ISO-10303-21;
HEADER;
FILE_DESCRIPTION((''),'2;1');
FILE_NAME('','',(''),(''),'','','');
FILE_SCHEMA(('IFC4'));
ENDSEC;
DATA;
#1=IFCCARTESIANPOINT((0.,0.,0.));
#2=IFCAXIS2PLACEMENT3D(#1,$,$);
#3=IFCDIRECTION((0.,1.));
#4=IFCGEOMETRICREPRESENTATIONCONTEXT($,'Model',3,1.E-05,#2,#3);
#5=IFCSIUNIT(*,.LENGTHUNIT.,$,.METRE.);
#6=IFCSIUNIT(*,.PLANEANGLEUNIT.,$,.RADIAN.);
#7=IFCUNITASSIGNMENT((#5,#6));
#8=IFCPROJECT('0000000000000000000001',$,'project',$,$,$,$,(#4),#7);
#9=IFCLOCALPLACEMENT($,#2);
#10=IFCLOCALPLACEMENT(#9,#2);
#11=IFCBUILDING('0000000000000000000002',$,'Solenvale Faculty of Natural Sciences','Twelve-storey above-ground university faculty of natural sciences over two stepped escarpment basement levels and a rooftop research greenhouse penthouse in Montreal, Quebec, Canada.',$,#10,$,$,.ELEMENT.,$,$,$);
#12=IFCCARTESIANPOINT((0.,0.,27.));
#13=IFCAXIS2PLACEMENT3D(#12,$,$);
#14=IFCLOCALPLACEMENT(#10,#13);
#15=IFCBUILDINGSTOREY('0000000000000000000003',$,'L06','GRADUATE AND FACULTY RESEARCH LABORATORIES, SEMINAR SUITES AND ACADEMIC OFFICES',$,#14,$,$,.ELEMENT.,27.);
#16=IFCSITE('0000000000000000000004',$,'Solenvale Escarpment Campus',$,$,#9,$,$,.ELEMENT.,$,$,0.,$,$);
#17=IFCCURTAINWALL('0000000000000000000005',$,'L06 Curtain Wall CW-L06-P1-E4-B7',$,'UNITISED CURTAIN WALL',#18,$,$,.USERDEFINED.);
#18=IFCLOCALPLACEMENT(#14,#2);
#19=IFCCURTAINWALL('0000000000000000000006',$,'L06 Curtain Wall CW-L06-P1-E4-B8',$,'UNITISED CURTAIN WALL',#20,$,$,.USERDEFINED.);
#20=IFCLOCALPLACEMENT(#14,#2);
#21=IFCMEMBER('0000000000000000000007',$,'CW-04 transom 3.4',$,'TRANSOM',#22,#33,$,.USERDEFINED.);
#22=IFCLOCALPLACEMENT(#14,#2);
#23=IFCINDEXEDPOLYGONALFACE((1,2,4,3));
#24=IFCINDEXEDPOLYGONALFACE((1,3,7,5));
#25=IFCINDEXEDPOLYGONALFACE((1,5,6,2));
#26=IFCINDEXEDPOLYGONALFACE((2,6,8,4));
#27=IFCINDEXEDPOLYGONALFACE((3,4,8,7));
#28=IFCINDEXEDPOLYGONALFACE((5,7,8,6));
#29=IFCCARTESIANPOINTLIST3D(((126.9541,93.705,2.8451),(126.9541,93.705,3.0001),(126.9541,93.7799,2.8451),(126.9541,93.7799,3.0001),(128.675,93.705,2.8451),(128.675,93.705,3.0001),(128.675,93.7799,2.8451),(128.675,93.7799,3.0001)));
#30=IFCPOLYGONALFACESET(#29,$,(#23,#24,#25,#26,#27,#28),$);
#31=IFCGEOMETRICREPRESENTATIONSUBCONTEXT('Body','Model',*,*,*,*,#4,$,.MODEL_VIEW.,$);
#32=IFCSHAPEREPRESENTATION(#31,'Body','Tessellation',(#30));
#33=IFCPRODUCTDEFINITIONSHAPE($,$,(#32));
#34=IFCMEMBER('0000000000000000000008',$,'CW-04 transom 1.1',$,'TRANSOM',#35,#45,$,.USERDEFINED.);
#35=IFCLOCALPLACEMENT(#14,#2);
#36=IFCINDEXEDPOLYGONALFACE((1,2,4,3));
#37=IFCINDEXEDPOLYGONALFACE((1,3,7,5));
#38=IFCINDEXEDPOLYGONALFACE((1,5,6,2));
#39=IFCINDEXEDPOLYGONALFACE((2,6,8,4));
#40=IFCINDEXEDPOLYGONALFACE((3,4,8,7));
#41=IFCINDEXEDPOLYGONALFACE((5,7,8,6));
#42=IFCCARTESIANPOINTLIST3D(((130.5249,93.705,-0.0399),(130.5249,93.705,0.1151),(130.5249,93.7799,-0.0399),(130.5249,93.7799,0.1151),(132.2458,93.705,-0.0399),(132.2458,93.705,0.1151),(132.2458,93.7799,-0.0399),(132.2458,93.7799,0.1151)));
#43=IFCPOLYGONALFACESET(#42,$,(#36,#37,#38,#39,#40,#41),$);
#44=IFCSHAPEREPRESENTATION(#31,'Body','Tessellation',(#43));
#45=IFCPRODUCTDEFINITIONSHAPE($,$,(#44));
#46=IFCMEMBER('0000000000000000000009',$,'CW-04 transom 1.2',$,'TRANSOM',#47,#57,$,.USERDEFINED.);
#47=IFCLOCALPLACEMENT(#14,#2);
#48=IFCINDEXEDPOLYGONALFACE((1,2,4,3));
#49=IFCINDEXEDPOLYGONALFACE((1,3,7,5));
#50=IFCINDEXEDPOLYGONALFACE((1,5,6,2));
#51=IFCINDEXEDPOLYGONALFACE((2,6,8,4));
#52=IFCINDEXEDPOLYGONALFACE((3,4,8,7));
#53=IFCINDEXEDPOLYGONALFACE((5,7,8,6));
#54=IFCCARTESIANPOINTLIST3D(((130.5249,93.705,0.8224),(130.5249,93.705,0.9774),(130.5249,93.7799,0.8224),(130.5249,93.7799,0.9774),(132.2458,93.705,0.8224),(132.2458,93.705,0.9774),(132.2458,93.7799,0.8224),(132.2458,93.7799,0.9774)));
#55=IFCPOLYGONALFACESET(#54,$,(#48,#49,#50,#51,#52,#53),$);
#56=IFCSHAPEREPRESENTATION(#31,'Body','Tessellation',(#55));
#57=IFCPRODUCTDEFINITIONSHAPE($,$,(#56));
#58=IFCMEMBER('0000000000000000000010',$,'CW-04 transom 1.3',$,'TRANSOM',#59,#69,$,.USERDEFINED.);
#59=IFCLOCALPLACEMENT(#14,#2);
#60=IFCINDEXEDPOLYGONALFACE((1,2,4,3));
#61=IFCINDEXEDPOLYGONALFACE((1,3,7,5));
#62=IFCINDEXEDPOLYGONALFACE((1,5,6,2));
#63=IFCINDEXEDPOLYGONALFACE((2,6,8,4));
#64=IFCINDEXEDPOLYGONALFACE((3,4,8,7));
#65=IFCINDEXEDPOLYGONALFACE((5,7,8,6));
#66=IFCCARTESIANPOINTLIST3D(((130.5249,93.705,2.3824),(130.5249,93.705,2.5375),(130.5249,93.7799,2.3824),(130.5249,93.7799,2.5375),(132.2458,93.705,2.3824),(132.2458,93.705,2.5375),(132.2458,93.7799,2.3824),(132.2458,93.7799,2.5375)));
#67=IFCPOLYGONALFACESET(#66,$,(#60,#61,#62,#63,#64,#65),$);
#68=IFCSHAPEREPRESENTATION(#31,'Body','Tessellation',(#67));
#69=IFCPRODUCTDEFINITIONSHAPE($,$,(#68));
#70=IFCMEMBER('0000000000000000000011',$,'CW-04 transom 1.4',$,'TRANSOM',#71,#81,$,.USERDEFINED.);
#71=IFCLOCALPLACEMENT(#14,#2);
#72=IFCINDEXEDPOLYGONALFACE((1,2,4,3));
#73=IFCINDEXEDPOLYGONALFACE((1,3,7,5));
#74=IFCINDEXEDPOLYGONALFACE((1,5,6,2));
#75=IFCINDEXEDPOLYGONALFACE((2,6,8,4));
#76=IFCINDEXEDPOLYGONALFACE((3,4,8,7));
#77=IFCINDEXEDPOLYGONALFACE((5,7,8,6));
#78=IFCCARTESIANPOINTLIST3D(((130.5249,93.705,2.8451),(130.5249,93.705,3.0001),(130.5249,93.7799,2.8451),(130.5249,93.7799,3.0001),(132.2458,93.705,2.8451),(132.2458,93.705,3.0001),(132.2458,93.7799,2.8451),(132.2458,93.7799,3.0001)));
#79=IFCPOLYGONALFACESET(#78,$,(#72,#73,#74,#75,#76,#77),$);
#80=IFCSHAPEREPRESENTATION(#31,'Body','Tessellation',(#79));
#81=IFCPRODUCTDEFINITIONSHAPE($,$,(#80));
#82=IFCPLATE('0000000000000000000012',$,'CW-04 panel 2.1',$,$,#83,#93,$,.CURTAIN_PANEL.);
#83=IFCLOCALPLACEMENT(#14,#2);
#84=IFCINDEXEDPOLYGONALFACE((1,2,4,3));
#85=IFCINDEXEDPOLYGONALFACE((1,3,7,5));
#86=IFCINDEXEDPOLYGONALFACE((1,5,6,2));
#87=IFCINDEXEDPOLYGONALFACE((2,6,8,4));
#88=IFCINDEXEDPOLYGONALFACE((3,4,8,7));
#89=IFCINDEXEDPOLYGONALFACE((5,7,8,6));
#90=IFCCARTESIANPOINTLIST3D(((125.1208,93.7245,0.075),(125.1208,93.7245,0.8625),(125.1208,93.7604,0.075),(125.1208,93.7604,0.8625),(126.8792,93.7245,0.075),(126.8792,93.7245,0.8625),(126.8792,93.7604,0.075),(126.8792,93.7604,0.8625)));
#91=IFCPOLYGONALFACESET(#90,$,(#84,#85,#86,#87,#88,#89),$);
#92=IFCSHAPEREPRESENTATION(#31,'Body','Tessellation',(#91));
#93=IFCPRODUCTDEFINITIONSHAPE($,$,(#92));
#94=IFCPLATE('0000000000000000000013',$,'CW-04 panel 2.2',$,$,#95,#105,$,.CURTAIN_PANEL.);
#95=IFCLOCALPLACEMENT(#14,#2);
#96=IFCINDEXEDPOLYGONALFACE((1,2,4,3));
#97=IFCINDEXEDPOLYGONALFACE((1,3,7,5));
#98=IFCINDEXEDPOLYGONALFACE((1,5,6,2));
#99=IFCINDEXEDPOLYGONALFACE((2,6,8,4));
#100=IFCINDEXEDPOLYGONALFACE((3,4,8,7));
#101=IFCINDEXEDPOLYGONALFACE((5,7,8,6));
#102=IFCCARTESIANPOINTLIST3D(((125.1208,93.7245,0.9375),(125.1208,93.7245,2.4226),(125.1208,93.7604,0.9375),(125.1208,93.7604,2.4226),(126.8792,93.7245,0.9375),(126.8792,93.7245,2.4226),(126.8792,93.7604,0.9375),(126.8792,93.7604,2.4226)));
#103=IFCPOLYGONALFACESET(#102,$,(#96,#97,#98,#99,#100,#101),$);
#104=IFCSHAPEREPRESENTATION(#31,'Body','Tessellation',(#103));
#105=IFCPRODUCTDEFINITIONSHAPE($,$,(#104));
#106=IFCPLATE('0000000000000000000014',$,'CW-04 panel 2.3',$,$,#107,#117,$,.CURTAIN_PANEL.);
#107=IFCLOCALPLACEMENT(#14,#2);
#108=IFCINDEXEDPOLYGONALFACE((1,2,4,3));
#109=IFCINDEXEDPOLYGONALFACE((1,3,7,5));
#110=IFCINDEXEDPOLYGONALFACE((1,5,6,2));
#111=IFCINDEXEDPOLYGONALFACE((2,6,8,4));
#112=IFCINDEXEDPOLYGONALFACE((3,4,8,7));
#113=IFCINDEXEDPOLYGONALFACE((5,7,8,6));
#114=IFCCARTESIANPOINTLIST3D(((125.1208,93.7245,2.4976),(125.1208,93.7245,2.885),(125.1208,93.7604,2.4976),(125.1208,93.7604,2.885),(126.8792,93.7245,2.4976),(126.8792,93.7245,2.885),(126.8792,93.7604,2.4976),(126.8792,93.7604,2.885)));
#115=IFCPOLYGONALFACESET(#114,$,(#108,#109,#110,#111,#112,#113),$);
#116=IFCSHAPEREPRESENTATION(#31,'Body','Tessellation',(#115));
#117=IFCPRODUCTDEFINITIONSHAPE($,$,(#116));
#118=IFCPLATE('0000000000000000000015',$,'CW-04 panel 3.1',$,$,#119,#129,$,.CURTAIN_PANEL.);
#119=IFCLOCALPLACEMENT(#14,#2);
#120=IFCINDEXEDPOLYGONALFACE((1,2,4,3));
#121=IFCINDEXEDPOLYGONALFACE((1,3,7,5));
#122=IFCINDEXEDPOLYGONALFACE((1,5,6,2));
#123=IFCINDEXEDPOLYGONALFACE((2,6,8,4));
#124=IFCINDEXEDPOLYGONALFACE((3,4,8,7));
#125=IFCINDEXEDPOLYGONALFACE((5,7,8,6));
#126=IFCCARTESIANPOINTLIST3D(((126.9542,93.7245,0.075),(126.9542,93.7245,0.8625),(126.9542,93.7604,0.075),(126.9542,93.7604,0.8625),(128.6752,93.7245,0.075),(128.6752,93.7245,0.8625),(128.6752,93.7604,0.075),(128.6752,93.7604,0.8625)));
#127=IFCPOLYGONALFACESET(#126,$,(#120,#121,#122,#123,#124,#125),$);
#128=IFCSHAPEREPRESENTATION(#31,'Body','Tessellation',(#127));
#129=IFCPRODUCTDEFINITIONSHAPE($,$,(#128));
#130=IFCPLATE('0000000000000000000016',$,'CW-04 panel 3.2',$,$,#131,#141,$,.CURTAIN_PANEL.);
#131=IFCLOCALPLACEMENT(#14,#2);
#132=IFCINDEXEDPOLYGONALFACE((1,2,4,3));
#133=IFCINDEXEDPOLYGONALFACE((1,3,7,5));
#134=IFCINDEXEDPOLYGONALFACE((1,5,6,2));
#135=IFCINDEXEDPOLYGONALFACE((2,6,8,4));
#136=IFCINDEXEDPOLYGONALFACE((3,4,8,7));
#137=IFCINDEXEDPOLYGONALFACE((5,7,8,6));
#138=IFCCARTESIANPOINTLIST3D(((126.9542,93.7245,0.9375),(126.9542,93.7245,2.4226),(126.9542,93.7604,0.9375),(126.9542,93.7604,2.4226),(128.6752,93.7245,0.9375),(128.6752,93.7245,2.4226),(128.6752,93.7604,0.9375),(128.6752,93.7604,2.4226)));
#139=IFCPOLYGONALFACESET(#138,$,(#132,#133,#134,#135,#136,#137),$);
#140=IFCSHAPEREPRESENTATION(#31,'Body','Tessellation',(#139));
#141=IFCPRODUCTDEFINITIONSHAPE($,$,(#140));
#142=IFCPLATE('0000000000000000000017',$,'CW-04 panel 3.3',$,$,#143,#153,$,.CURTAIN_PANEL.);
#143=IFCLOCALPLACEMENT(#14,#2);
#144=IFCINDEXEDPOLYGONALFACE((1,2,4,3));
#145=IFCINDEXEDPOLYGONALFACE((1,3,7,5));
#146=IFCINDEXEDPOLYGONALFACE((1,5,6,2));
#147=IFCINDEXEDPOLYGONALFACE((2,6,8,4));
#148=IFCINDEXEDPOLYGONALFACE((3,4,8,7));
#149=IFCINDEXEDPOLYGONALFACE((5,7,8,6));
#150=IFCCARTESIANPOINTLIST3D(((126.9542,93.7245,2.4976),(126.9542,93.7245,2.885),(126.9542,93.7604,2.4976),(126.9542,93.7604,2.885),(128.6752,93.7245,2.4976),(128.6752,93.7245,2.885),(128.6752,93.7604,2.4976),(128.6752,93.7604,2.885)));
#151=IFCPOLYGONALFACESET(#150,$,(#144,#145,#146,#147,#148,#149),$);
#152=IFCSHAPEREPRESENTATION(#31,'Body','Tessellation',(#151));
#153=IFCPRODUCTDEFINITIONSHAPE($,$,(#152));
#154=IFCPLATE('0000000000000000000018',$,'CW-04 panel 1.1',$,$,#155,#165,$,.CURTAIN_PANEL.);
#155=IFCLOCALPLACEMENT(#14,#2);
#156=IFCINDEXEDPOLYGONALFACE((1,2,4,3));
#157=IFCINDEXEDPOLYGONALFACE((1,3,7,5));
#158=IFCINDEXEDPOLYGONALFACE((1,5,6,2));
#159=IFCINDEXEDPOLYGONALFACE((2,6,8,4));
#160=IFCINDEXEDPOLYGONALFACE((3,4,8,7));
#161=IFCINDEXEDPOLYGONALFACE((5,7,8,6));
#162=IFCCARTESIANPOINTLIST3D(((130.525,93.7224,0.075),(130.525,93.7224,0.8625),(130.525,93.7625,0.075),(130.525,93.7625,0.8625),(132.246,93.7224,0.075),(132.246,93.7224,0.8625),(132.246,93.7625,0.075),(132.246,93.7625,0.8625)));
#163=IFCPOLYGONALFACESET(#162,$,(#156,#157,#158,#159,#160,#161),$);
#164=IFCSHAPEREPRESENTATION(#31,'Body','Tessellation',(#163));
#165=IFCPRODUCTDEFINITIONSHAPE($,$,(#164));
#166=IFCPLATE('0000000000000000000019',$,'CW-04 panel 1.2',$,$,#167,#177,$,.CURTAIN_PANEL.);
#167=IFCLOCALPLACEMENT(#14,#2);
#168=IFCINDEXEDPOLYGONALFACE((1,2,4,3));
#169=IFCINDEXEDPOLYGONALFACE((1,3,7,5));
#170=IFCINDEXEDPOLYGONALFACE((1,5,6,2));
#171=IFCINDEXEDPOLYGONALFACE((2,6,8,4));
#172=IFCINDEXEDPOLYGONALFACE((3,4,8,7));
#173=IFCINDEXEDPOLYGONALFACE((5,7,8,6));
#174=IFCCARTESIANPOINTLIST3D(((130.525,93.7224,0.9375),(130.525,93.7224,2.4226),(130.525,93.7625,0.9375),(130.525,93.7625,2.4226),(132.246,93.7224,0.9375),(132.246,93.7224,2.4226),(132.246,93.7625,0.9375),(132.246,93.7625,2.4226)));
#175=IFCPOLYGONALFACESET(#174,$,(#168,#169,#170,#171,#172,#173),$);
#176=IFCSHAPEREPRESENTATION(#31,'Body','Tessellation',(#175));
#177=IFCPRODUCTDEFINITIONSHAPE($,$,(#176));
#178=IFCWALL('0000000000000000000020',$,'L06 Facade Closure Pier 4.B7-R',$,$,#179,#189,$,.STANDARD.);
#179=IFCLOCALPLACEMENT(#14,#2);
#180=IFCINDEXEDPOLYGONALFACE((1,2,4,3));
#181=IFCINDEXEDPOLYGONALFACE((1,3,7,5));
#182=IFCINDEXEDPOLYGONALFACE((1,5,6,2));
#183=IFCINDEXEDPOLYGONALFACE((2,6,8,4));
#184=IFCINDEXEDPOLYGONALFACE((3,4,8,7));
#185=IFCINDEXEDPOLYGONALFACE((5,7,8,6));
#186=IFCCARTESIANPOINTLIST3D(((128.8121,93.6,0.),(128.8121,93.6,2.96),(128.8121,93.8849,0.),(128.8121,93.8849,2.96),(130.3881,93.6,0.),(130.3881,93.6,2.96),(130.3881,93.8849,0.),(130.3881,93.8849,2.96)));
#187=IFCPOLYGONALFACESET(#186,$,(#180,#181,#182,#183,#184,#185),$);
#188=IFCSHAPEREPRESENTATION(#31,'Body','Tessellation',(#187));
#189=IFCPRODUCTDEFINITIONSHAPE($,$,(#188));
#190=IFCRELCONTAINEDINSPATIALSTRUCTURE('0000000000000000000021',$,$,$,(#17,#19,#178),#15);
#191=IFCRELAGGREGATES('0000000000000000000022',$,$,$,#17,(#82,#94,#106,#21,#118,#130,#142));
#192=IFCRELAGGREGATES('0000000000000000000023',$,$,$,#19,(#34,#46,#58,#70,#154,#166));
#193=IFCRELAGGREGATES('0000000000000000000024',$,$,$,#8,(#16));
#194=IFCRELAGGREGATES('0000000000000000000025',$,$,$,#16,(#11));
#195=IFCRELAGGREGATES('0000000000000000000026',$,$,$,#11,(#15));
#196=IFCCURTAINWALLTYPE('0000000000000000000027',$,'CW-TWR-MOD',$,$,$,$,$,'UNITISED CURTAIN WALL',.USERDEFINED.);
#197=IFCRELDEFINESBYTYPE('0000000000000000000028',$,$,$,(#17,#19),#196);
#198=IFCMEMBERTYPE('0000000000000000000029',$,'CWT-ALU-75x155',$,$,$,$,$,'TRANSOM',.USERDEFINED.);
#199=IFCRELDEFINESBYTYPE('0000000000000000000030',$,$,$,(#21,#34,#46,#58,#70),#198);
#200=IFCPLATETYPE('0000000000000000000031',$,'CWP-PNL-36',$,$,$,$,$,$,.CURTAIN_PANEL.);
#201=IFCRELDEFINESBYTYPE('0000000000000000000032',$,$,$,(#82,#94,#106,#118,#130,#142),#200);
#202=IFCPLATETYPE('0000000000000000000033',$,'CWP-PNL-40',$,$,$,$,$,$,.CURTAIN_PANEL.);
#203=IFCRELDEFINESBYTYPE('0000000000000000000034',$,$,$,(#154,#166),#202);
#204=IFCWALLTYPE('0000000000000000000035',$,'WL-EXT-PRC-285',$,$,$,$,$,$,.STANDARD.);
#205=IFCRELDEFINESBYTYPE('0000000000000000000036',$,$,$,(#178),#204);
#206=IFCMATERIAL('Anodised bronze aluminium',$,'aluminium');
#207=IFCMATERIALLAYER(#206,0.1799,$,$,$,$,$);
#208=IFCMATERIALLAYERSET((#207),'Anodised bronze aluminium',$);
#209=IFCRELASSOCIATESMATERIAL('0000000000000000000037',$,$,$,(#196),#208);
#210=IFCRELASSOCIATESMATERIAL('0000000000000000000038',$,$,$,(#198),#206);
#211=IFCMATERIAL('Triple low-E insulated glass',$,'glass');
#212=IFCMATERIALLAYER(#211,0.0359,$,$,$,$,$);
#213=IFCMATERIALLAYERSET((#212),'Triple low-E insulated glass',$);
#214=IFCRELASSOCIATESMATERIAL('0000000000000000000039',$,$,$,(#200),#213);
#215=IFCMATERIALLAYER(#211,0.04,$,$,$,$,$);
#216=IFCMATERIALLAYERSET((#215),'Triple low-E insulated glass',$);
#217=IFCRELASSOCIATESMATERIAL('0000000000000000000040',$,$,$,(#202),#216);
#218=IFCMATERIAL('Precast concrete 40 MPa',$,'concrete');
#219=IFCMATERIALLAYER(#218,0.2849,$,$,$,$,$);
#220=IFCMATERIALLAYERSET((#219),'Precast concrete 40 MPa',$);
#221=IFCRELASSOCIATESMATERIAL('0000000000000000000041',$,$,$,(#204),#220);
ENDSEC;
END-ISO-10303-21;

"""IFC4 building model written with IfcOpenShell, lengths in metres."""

from ifc_helpers import new_model, si_unit, direction, frame, frame_2d, origin, origin_2d, place, context, subcontext, project, spatial, rectangle, extrude, material, layer, layer_set, material_profile, profile_set, type_object, element, aggregate, save


model = new_model("IFC4")

# Units and contexts
model_context = context("Model", 3, precision=1e-05, world=origin(), true_north=direction((0.0, 1.0)))
body_context = subcontext(model_context, "Body", "Model", "MODEL_VIEW")
ifc_project = project(units=[si_unit("LENGTHUNIT", "METRE"), si_unit("PLANEANGLEUNIT", "RADIAN")], contexts=[model_context])

# Site, building, storey
site_placement = place(None, origin())
site = spatial("IfcSite", under=ifc_project, at=site_placement, Name="Solenvale Escarpment Campus", CompositionType="ELEMENT", RefElevation=0.0)
building_placement = place(site_placement, origin())
building = spatial("IfcBuilding", under=site, at=building_placement, Name="Solenvale Faculty of Natural Sciences", Description="Twelve-storey above-ground university faculty of natural sciences over two stepped escarpment basement levels and a rooftop research greenhouse penthouse in Montreal, Quebec, Canada.", CompositionType="ELEMENT")
storey_placement = place(building_placement, frame((0.0, 0.0, 27.0)))
storey = spatial("IfcBuildingStorey", under=building, at=storey_placement, Name="L06", Description="GRADUATE AND FACULTY RESEARCH LABORATORIES, SEMINAR SUITES AND ACADEMIC OFFICES", CompositionType="ELEMENT", Elevation=27.0)

# Curtain wall
ifc_material_1 = material(Name="Anodised bronze aluminium", Category="aluminium")
ifc_layer_1 = layer(ifc_material_1, 0.1799)
ifc_layer_set_1 = layer_set([ifc_layer_1], Name="Anodised bronze aluminium")
curtain_wall_type = type_object("IfcCurtainWallType", Name="CW-TWR-MOD", ElementType="UNITISED CURTAIN WALL", PredefinedType="USERDEFINED", material=ifc_layer_set_1)
curtain_wall_1_placement = place(storey_placement, origin())
curtain_wall_1 = element("IfcCurtainWall", 1, at=curtain_wall_1_placement, inside=storey, type_object=curtain_wall_type, Name="L06 Curtain Wall CW-L06-P1-E4-B7", ObjectType="UNITISED CURTAIN WALL", PredefinedType="USERDEFINED")

# Curtain wall
curtain_wall_2_placement = place(storey_placement, origin())
curtain_wall_2 = element("IfcCurtainWall", 2, at=curtain_wall_2_placement, inside=storey, type_object=curtain_wall_type, Name="L06 Curtain Wall CW-L06-P1-E4-B8", ObjectType="UNITISED CURTAIN WALL", PredefinedType="USERDEFINED")

# Members
ifc_material_profile_1 = material_profile(ifc_material_1, rectangle(XDim=0.075, YDim=0.155, at=origin_2d()), Name="ALU-TRN-75x155")
ifc_profile_set_1 = profile_set([ifc_material_profile_1], Name="Anodised bronze aluminium")
member_type_1 = type_object("IfcMemberType", Name="CWT-ALU-75x155", ElementType="TRANSOM", PredefinedType="USERDEFINED", material=ifc_profile_set_1)
member_1_placement = place(storey_placement, frame((126.9541, 93.7424, 2.9226), z_axis=(1.0, 0.0, 0.0), x_axis=(0.0, 1.0, 0.0)))
member_1 = element("IfcMember", 3, at=member_1_placement, type_object=member_type_1, Name="CW-04 transom 3.4", ObjectType="TRANSOM", PredefinedType="USERDEFINED", context=body_context, shape_type="SweptSolid", body=[
    extrude(rectangle(XDim=0.075, YDim=0.155, at=origin_2d()), origin(), (0.0, 0.0, 1.0), 1.7209),
])
member_2_placement = place(storey_placement, frame((130.5249, 93.7424, 0.0376), z_axis=(1.0, 0.0, 0.0), x_axis=(0.0, 1.0, 0.0)))
member_2 = element("IfcMember", 4, at=member_2_placement, type_object=member_type_1, Name="CW-04 transom 1.1", ObjectType="TRANSOM", PredefinedType="USERDEFINED", context=body_context, shape_type="SweptSolid", body=[
    extrude(rectangle(XDim=0.075, YDim=0.155, at=origin_2d()), origin(), (0.0, 0.0, 1.0), 1.7209),
])
member_3_placement = place(storey_placement, frame((130.5249, 93.7424, 0.8999), z_axis=(1.0, 0.0, 0.0), x_axis=(0.0, 1.0, 0.0)))
member_3 = element("IfcMember", 5, at=member_3_placement, type_object=member_type_1, Name="CW-04 transom 1.2", ObjectType="TRANSOM", PredefinedType="USERDEFINED", context=body_context, shape_type="SweptSolid", body=[
    extrude(rectangle(XDim=0.075, YDim=0.155, at=origin_2d()), origin(), (0.0, 0.0, 1.0), 1.7209),
])
member_4_placement = place(storey_placement, frame((130.5249, 93.7424, 2.46), z_axis=(1.0, 0.0, 0.0), x_axis=(0.0, 1.0, 0.0)))
member_4 = element("IfcMember", 6, at=member_4_placement, type_object=member_type_1, Name="CW-04 transom 1.3", ObjectType="TRANSOM", PredefinedType="USERDEFINED", context=body_context, shape_type="SweptSolid", body=[
    extrude(rectangle(XDim=0.075, YDim=0.155, at=origin_2d()), origin(), (0.0, 0.0, 1.0), 1.7209),
])
member_5_placement = place(storey_placement, frame((130.5249, 93.7424, 2.9226), z_axis=(1.0, 0.0, 0.0), x_axis=(0.0, 1.0, 0.0)))
member_5 = element("IfcMember", 7, at=member_5_placement, type_object=member_type_1, Name="CW-04 transom 1.4", ObjectType="TRANSOM", PredefinedType="USERDEFINED", context=body_context, shape_type="SweptSolid", body=[
    extrude(rectangle(XDim=0.075, YDim=0.155, at=origin_2d()), origin(), (0.0, 0.0, 1.0), 1.7209),
])

# Plates
ifc_material_2 = material(Name="Triple low-E insulated glass", Category="glass")
ifc_layer_2 = layer(ifc_material_2, 0.0359)
ifc_layer_set_2 = layer_set([ifc_layer_2], Name="Triple low-E insulated glass")
plate_type_1 = type_object("IfcPlateType", Name="CWP-PNL-36", PredefinedType="CURTAIN_PANEL", material=ifc_layer_set_2)
plate_1_placement = place(storey_placement, frame((126.0, 93.7424, 0.075), z_axis=(0.0, 0.0, 1.0), x_axis=(1.0, 0.0, 0.0)))
plate_1 = element("IfcPlate", 8, at=plate_1_placement, type_object=plate_type_1, Name="CW-04 panel 2.1", PredefinedType="CURTAIN_PANEL", context=body_context, shape_type="SweptSolid", body=[
    extrude(rectangle(XDim=1.7583, YDim=0.0359, at=origin_2d()), origin(), (0.0, 0.0, 1.0), 0.7876),
])
plate_2_placement = place(storey_placement, frame((126.0, 93.7424, 0.9375), z_axis=(0.0, 0.0, 1.0), x_axis=(1.0, 0.0, 0.0)))
plate_2 = element("IfcPlate", 9, at=plate_2_placement, type_object=plate_type_1, Name="CW-04 panel 2.2", PredefinedType="CURTAIN_PANEL", context=body_context, shape_type="SweptSolid", body=[
    extrude(rectangle(XDim=1.7583, YDim=0.0359, at=origin_2d()), origin(), (0.0, 0.0, 1.0), 1.4851),
])
plate_3_placement = place(storey_placement, frame((126.0, 93.7424, 2.4976), z_axis=(0.0, 0.0, 1.0), x_axis=(1.0, 0.0, 0.0)))
plate_3 = element("IfcPlate", 10, at=plate_3_placement, type_object=plate_type_1, Name="CW-04 panel 2.3", PredefinedType="CURTAIN_PANEL", context=body_context, shape_type="SweptSolid", body=[
    extrude(rectangle(XDim=1.7583, YDim=0.0359, at=origin_2d()), origin(), (0.0, 0.0, 1.0), 0.3875),
])
plate_4_placement = place(storey_placement, frame((127.8147, 93.7424, 0.075), z_axis=(0.0, 0.0, 1.0), x_axis=(1.0, 0.0, 0.0)))
plate_4 = element("IfcPlate", 11, at=plate_4_placement, type_object=plate_type_1, Name="CW-04 panel 3.1", PredefinedType="CURTAIN_PANEL", context=body_context, shape_type="SweptSolid", body=[
    extrude(rectangle(XDim=1.7209, YDim=0.0359, at=origin_2d()), origin(), (0.0, 0.0, 1.0), 0.7876),
])
plate_5_placement = place(storey_placement, frame((127.8147, 93.7424, 0.9375), z_axis=(0.0, 0.0, 1.0), x_axis=(1.0, 0.0, 0.0)))
plate_5 = element("IfcPlate", 12, at=plate_5_placement, type_object=plate_type_1, Name="CW-04 panel 3.2", PredefinedType="CURTAIN_PANEL", context=body_context, shape_type="SweptSolid", body=[
    extrude(rectangle(XDim=1.7209, YDim=0.0359, at=origin_2d()), origin(), (0.0, 0.0, 1.0), 1.4851),
])
plate_6_placement = place(storey_placement, frame((127.8147, 93.7424, 2.4976), z_axis=(0.0, 0.0, 1.0), x_axis=(1.0, 0.0, 0.0)))
plate_6 = element("IfcPlate", 13, at=plate_6_placement, type_object=plate_type_1, Name="CW-04 panel 3.3", PredefinedType="CURTAIN_PANEL", context=body_context, shape_type="SweptSolid", body=[
    extrude(rectangle(XDim=1.7209, YDim=0.0359, at=origin_2d()), origin(), (0.0, 0.0, 1.0), 0.3875),
])
aggregate(curtain_wall_1, [plate_1, plate_2, plate_3, member_1, plate_4, plate_5, plate_6])
ifc_layer_3 = layer(ifc_material_2, 0.04)
ifc_layer_set_3 = layer_set([ifc_layer_3], Name="Triple low-E insulated glass")
plate_type_2 = type_object("IfcPlateType", Name="CWP-PNL-40", PredefinedType="CURTAIN_PANEL", material=ifc_layer_set_3)
plate_7_placement = place(storey_placement, frame((131.3855, 93.7424, 0.075), z_axis=(0.0, 0.0, 1.0), x_axis=(1.0, 0.0, 0.0)))
plate_7 = element("IfcPlate", 14, at=plate_7_placement, type_object=plate_type_2, Name="CW-04 panel 1.1", PredefinedType="CURTAIN_PANEL", context=body_context, shape_type="SweptSolid", body=[
    extrude(rectangle(XDim=1.7209, YDim=0.04, at=origin_2d()), origin(), (0.0, 0.0, 1.0), 0.7876),
])
plate_8_placement = place(storey_placement, frame((131.3855, 93.7424, 0.9375), z_axis=(0.0, 0.0, 1.0), x_axis=(1.0, 0.0, 0.0)))
plate_8 = element("IfcPlate", 15, at=plate_8_placement, type_object=plate_type_2, Name="CW-04 panel 1.2", PredefinedType="CURTAIN_PANEL", context=body_context, shape_type="SweptSolid", body=[
    extrude(rectangle(XDim=1.7209, YDim=0.04, at=origin_2d()), origin(), (0.0, 0.0, 1.0), 1.4851),
])
aggregate(curtain_wall_2, [member_2, member_3, member_4, member_5, plate_7, plate_8])

# Wall
ifc_material_3 = material(Name="Precast concrete 40 MPa", Category="concrete")
ifc_layer_4 = layer(ifc_material_3, 0.2849)
ifc_layer_set_4 = layer_set([ifc_layer_4], Name="Precast concrete 40 MPa")
wall_type_1 = type_object("IfcWallType", Name="WL-EXT-PRC-285", PredefinedType="STANDARD", material=ifc_layer_set_4)
wall_1_placement = place(storey_placement, frame((128.812, 93.7424, 0.0), z_axis=(0.0, 0.0, 1.0), x_axis=(1.0, 0.0, 0.0)))
element("IfcWall", 16, at=wall_1_placement, inside=storey, type_object=wall_type_1, Name="L06 Facade Closure Pier 4.B7-R", PredefinedType="STANDARD", context=body_context, shape_type="SweptSolid", body=[
    extrude(rectangle(XDim=1.5759, YDim=0.2849, at=frame_2d((0.7881, 0.0))), origin(), (0.0, 0.0, 1.0), 2.96),
])

save(model, "model.ifc")
